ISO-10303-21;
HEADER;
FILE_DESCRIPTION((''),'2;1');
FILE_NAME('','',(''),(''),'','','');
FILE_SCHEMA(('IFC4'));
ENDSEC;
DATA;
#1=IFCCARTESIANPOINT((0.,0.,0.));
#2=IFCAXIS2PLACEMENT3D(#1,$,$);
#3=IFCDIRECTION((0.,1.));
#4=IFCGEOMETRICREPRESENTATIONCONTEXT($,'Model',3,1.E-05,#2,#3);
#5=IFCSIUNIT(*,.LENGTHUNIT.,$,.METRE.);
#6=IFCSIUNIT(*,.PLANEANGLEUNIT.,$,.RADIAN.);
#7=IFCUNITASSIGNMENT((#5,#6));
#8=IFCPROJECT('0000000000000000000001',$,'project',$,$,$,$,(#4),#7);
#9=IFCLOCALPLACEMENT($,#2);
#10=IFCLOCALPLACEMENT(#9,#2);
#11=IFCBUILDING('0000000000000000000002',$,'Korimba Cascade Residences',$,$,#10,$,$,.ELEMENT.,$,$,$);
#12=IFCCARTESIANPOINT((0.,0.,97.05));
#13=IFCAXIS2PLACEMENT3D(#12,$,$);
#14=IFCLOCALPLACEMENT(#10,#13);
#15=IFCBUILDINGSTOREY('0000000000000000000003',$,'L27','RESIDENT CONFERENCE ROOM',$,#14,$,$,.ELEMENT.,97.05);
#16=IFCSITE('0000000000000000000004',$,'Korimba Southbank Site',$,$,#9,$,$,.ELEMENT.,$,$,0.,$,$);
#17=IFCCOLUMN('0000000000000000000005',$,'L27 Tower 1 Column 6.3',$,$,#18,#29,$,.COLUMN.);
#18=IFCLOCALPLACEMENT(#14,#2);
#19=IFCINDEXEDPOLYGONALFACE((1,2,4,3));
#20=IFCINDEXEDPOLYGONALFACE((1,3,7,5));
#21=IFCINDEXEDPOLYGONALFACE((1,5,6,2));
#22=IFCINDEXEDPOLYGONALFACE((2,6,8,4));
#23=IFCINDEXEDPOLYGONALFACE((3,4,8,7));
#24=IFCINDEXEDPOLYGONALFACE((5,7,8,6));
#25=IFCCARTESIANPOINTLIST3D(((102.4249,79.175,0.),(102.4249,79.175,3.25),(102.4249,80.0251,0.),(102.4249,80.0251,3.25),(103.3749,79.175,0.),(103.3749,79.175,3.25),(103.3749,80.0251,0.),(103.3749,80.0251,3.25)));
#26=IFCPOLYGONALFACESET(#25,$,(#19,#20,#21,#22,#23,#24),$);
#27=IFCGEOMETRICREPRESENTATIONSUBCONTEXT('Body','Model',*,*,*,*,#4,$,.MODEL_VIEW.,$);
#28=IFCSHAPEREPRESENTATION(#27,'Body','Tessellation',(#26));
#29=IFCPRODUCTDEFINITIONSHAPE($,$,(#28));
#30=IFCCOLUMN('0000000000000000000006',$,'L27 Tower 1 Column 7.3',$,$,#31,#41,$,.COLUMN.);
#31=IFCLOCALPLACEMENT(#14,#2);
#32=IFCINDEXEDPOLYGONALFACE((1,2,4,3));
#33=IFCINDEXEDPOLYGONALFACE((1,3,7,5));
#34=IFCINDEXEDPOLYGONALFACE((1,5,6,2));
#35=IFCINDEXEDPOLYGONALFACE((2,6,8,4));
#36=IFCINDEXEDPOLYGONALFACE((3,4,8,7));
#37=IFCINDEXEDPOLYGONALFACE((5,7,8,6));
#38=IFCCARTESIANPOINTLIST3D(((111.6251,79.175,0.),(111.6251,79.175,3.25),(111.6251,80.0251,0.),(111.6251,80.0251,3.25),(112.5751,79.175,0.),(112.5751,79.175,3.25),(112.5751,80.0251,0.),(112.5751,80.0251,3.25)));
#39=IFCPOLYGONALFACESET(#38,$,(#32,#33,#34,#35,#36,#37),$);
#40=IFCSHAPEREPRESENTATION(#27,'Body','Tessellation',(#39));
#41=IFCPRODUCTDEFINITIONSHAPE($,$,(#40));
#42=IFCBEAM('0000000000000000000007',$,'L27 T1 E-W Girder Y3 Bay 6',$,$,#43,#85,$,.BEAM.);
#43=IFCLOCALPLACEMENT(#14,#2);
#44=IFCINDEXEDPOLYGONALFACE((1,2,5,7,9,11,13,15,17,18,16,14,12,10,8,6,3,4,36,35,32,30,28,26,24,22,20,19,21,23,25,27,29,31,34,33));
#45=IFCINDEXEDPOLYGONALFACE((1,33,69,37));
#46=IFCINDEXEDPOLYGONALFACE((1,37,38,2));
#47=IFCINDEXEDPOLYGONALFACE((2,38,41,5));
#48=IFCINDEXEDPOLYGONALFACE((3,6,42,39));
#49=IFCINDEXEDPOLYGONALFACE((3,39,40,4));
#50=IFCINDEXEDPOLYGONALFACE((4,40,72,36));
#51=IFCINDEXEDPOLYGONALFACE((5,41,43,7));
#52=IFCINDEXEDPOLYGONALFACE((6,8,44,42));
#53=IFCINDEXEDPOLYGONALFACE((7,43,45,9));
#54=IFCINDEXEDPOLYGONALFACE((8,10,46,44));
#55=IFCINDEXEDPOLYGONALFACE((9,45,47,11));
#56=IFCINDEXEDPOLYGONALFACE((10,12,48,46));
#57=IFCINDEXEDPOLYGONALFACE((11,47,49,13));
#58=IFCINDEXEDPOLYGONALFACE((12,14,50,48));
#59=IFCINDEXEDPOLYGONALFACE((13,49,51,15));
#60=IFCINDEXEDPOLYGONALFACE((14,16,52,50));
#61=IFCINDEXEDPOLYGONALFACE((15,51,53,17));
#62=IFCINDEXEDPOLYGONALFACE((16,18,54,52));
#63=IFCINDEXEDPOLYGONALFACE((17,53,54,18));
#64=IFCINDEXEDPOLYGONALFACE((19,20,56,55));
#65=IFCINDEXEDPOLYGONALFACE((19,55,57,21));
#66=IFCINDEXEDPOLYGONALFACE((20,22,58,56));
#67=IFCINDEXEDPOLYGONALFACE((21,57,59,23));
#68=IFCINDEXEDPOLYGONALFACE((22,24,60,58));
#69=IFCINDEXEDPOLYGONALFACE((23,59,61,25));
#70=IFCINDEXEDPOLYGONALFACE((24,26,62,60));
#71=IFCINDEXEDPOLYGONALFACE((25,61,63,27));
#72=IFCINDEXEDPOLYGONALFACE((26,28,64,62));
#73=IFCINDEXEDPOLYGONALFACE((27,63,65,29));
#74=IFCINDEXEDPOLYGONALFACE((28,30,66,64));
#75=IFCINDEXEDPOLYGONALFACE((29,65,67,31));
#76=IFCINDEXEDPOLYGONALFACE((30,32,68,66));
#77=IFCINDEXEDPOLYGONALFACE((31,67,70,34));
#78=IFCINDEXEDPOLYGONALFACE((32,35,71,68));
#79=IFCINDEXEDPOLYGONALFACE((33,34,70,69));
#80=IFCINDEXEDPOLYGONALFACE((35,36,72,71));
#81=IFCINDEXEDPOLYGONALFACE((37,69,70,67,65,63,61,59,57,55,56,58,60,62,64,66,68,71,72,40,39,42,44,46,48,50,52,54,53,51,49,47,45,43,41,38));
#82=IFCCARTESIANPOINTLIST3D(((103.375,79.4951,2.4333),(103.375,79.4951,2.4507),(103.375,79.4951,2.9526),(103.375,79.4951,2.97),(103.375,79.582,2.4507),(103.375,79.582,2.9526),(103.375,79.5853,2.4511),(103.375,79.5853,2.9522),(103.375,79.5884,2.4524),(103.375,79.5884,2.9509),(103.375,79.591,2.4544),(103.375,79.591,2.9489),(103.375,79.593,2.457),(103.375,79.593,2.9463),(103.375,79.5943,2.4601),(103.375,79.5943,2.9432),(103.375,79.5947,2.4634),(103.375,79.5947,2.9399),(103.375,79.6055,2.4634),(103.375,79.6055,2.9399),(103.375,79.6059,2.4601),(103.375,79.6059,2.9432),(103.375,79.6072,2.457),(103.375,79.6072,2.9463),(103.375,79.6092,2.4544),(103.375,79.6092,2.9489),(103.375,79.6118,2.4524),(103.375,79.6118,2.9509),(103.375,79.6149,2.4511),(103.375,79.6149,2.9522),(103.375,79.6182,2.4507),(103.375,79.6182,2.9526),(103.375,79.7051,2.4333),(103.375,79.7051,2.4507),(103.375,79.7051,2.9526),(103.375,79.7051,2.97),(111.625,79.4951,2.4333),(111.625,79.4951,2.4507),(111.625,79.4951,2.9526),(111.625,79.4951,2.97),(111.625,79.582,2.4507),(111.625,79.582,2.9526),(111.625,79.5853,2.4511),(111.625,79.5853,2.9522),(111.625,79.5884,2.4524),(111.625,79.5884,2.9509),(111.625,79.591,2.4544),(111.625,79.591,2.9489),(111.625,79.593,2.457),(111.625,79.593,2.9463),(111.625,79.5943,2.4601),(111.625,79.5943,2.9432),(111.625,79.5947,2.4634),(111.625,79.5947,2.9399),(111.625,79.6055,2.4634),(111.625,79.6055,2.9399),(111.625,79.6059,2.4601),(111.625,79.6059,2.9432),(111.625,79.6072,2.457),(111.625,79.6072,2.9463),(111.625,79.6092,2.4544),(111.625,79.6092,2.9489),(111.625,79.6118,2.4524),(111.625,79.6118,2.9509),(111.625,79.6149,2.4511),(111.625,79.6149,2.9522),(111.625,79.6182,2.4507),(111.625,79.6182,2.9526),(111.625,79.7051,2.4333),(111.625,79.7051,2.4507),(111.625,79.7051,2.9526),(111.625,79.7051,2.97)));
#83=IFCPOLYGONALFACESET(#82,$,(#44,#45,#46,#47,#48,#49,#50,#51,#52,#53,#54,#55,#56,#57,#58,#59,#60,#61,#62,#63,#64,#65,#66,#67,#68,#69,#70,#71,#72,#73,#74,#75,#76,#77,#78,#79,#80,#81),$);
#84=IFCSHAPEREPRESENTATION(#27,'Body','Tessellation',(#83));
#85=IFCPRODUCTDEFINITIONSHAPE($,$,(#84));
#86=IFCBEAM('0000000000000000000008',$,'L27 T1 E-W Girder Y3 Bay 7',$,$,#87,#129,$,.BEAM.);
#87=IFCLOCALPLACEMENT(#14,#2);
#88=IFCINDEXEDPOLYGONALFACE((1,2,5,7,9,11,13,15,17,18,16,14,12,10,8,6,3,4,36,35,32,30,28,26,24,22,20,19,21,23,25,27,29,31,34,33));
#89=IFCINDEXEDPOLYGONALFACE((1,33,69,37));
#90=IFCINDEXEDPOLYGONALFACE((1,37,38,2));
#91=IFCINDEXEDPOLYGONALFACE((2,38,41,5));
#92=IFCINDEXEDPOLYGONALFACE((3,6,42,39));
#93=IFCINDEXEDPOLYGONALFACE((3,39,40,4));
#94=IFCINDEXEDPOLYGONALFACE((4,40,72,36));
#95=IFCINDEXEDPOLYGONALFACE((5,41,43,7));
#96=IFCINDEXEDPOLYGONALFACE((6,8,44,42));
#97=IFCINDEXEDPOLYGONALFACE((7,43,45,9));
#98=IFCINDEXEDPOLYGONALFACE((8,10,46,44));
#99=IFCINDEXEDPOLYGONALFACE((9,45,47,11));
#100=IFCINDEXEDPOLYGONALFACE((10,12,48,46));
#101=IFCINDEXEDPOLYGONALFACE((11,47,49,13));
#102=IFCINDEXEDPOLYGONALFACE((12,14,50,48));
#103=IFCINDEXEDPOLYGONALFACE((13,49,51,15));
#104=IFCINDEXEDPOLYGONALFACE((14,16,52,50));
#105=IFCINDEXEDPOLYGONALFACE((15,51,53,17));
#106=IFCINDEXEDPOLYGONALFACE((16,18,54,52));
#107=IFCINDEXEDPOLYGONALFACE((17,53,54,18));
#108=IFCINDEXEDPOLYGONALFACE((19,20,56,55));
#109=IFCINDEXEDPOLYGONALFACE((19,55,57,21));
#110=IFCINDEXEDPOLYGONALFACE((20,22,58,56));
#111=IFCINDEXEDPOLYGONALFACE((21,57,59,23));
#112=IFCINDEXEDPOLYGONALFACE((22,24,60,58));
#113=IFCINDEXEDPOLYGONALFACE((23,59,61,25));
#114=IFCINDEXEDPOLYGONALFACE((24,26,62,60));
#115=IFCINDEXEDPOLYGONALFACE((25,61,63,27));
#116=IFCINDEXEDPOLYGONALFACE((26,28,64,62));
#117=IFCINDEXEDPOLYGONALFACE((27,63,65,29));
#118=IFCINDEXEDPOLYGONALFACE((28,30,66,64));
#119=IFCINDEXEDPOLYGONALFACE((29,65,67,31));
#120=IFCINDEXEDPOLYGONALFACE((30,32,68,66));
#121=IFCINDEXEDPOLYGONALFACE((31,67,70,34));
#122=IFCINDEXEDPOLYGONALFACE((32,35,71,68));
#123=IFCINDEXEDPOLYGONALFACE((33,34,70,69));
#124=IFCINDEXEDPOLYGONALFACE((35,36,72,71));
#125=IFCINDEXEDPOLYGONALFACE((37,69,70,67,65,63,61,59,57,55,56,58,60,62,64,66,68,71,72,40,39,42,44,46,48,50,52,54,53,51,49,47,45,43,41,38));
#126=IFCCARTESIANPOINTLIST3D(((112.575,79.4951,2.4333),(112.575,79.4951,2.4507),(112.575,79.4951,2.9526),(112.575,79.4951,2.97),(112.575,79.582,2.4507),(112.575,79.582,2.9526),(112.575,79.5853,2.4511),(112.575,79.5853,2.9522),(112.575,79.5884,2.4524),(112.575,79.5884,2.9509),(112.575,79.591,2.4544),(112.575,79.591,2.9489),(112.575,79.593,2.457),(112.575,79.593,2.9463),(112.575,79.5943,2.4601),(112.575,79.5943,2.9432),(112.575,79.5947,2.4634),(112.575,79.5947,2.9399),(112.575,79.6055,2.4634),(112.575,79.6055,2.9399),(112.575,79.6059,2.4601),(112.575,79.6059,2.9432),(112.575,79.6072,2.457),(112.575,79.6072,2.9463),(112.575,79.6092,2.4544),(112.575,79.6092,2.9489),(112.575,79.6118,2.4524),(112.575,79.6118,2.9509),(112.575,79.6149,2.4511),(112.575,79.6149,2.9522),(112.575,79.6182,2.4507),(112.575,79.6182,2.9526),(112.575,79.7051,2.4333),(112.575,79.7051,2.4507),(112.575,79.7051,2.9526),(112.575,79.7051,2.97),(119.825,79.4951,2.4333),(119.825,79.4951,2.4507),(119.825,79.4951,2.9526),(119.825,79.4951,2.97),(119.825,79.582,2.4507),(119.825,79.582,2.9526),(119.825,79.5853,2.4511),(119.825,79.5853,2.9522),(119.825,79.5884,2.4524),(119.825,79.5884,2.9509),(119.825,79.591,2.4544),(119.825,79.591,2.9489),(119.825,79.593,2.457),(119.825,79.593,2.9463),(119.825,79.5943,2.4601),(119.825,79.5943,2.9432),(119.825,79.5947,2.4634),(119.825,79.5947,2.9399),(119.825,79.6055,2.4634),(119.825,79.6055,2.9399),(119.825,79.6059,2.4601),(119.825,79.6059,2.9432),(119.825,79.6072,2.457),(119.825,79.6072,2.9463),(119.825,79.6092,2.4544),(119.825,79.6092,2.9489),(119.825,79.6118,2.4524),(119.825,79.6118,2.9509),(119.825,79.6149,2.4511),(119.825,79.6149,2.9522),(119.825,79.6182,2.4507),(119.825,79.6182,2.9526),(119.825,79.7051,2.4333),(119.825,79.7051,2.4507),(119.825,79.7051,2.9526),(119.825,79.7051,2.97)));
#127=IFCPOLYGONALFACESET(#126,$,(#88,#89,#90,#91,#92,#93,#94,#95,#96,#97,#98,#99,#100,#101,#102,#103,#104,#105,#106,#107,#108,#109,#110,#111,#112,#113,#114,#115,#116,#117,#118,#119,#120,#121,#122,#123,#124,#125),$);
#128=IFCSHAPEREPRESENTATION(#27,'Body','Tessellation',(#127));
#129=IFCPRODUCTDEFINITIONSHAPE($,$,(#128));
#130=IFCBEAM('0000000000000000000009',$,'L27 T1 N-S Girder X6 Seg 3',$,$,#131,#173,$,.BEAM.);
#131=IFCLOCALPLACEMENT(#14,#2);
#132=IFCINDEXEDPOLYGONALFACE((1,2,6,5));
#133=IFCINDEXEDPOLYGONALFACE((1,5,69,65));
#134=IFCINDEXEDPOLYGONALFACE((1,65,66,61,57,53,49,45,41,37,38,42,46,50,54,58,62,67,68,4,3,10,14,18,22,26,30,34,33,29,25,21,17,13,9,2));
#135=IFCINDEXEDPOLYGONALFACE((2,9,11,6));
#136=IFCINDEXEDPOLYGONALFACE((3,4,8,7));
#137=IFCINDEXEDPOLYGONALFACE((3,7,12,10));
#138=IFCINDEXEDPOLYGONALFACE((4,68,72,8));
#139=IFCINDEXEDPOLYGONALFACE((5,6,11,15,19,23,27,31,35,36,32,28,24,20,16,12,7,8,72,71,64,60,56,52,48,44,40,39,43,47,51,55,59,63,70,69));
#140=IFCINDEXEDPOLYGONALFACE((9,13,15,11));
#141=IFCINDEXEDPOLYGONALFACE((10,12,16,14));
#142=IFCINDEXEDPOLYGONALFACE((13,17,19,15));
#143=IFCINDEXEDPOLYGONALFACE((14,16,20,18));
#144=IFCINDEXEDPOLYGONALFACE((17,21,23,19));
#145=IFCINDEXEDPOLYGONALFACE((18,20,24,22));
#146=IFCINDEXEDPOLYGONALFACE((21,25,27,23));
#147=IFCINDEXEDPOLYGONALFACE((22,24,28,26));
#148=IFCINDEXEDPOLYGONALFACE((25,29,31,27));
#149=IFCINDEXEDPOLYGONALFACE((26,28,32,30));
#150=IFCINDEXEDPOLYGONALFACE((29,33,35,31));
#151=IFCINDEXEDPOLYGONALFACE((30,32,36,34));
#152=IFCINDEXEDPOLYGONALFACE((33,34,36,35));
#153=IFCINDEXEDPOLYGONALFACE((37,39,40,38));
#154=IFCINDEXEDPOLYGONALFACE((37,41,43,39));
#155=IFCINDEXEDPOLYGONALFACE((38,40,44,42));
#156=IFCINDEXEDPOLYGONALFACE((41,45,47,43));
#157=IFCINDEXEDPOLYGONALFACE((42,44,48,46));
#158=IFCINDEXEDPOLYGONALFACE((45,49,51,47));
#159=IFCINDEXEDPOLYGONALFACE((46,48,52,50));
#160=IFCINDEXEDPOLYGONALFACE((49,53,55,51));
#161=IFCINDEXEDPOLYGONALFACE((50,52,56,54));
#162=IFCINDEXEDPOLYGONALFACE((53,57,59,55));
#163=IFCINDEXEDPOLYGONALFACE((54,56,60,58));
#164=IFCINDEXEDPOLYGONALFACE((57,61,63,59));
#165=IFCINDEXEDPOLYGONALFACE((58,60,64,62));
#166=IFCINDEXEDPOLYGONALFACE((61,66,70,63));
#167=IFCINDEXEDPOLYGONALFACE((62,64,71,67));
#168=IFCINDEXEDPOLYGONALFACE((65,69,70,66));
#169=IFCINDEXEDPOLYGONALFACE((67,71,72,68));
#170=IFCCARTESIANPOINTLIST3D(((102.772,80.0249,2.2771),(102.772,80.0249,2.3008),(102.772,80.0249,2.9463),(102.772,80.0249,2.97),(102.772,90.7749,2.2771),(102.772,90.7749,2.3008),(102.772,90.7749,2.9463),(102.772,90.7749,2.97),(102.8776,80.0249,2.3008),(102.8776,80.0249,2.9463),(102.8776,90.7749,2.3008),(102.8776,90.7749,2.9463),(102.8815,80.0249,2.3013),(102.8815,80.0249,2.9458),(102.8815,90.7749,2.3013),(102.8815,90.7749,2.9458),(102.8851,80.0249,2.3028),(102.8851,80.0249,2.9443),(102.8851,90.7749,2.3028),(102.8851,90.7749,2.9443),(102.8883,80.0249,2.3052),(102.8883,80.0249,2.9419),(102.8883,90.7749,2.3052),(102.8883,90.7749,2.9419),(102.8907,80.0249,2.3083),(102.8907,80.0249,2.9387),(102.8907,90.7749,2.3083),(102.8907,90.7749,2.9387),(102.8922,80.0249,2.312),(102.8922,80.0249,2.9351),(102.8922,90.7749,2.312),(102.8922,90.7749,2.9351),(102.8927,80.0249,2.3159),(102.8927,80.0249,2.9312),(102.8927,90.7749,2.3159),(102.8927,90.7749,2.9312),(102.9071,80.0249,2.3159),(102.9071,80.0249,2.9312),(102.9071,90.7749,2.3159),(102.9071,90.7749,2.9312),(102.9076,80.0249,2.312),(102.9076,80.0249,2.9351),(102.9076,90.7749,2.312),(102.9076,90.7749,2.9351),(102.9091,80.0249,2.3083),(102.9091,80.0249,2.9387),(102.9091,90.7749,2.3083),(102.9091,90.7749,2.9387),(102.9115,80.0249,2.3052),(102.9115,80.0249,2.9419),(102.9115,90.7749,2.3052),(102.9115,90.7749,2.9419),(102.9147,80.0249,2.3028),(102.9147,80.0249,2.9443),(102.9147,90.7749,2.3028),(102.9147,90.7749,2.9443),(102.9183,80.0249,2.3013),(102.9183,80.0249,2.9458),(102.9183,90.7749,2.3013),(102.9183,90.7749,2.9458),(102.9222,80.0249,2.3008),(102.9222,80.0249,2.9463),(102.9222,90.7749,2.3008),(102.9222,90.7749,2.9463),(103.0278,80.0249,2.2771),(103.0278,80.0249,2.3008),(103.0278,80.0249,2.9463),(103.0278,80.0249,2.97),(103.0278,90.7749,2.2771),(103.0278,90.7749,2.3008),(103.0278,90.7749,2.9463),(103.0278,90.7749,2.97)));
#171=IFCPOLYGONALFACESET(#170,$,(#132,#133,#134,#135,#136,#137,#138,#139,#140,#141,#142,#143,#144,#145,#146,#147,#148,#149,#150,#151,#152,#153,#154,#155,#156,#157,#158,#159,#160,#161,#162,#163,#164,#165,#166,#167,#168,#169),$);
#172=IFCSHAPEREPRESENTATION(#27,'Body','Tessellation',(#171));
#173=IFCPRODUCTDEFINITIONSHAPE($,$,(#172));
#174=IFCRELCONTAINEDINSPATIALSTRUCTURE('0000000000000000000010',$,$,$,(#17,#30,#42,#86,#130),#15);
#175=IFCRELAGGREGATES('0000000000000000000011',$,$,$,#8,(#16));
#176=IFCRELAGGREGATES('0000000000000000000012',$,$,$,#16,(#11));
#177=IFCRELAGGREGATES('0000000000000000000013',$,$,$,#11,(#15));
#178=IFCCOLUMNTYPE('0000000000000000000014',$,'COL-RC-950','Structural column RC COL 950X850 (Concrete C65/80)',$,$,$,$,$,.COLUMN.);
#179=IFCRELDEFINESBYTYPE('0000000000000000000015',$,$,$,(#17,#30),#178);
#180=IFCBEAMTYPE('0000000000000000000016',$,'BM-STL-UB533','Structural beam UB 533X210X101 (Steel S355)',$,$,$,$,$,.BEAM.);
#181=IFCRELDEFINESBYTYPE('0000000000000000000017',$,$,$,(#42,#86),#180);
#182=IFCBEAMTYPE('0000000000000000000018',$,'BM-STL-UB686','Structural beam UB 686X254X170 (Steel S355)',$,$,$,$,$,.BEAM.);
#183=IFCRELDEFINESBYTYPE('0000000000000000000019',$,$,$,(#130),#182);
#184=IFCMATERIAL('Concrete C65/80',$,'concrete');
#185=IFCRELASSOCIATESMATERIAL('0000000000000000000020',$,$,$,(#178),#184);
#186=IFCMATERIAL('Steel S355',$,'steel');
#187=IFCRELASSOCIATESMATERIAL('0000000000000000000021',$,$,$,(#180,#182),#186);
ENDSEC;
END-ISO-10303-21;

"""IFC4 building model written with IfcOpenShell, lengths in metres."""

from ifc_helpers import new_model, si_unit, direction, frame, origin, origin_2d, place, context, subcontext, project, spatial, rectangle, i_section, extrude, material, material_profile, profile_set, type_object, element, save


model = new_model("IFC4")

# Units and contexts
model_context = context("Model", 3, precision=1e-05, world=origin(), true_north=direction((0.0, 1.0)))
body_context = subcontext(model_context, "Body", "Model", "MODEL_VIEW")
ifc_project = project(units=[si_unit("LENGTHUNIT", "METRE"), si_unit("PLANEANGLEUNIT", "RADIAN")], contexts=[model_context])

# Site, building, storey
site_placement = place(None, origin())
site = spatial("IfcSite", under=ifc_project, at=site_placement, Name="Korimba Southbank Site", CompositionType="ELEMENT", RefElevation=0.0)
building_placement = place(site_placement, origin())
building = spatial("IfcBuilding", under=site, at=building_placement, Name="Korimba Cascade Residences", CompositionType="ELEMENT")
storey_placement = place(building_placement, frame((0.0, 0.0, 97.05)))
storey = spatial("IfcBuildingStorey", under=building, at=storey_placement, Name="L27", Description="RESIDENT CONFERENCE ROOM", CompositionType="ELEMENT", Elevation=97.05)

# Columns
ifc_material_1 = material(Name="Concrete C65/80", Category="concrete")
ifc_material_profile_1 = material_profile(ifc_material_1, rectangle(XDim=0.95, YDim=0.8501, at=origin_2d()), Name="Concrete C65/80")
ifc_profile_set_1 = profile_set([ifc_material_profile_1], Name="Concrete C65/80")
column_type = type_object("IfcColumnType", Name="COL-RC-950", Description="Structural column RC COL 950X850 (Concrete C65/80)", PredefinedType="COLUMN", material=ifc_profile_set_1)
for number, where, z_axis, x_axis, name in (
    (1, (102.8999, 79.6001, 0.0), (0.0, 0.0, 1.0), (1.0, 0.0, 0.0), "L27 Tower 1 Column 6.3"),
    (2, (112.1001, 79.6001, 0.0), (0.0, 0.0, 1.0), (1.0, 0.0, 0.0), "L27 Tower 1 Column 7.3"),
):
    element("IfcColumn", number, at=place(storey_placement, frame(where, z_axis=z_axis, x_axis=x_axis)), inside=storey, type_object=column_type, Name=name, PredefinedType="COLUMN", context=body_context, shape_type="SweptSolid", body=[
        extrude(rectangle(XDim=0.95, YDim=0.8501, at=origin_2d()), origin(), (0.0, 0.0, 1.0), 3.25),
    ])

# Beams
ifc_material_2 = material(Name="Steel S355", Category="steel")
ifc_material_profile_2 = material_profile(ifc_material_2, i_section(OverallWidth=0.21, OverallDepth=0.5366, WebThickness=0.0107, FlangeThickness=0.0173, FilletRadius=0.0127, at=origin_2d()), Name="Steel S355")
ifc_profile_set_2 = profile_set([ifc_material_profile_2], Name="Steel S355")
beam_type_1 = type_object("IfcBeamType", Name="BM-STL-UB533", Description="Structural beam UB 533X210X101 (Steel S355)", PredefinedType="BEAM", material=ifc_profile_set_2)
beam_1_placement = place(storey_placement, frame((103.375, 79.6001, 2.7017), z_axis=(1.0, 0.0, 0.0), x_axis=(0.0, 1.0, 0.0)))
element("IfcBeam", 3, at=beam_1_placement, inside=storey, type_object=beam_type_1, Name="L27 T1 E-W Girder Y3 Bay 6", PredefinedType="BEAM", context=body_context, shape_type="SweptSolid", body=[
    extrude(i_section(OverallWidth=0.21, OverallDepth=0.5366, WebThickness=0.0107, FlangeThickness=0.0173, FilletRadius=0.0127, at=origin_2d()), origin(), (0.0, 0.0, 1.0), 8.25),
])
beam_2_placement = place(storey_placement, frame((112.575, 79.6001, 2.7017), z_axis=(1.0, 0.0, 0.0), x_axis=(0.0, 1.0, 0.0)))
element("IfcBeam", 4, at=beam_2_placement, inside=storey, type_object=beam_type_1, Name="L27 T1 E-W Girder Y3 Bay 7", PredefinedType="BEAM", context=body_context, shape_type="SweptSolid", body=[
    extrude(i_section(OverallWidth=0.21, OverallDepth=0.5366, WebThickness=0.0107, FlangeThickness=0.0173, FilletRadius=0.0127, at=origin_2d()), origin(), (0.0, 0.0, 1.0), 7.25),
])
ifc_material_profile_3 = material_profile(ifc_material_2, i_section(OverallWidth=0.2559, OverallDepth=0.6929, WebThickness=0.0144, FlangeThickness=0.0237, FilletRadius=0.0151, at=origin_2d()), Name="Steel S355")
ifc_profile_set_3 = profile_set([ifc_material_profile_3], Name="Steel S355")
beam_type_2 = type_object("IfcBeamType", Name="BM-STL-UB686", Description="Structural beam UB 686X254X170 (Steel S355)", PredefinedType="BEAM", material=ifc_profile_set_3)
beam_3_placement = place(storey_placement, frame((102.8999, 80.0249, 2.6235), z_axis=(0.0, 1.0, 0.0), x_axis=(-1.0, 0.0, 0.0)))
element("IfcBeam", 5, at=beam_3_placement, inside=storey, type_object=beam_type_2, Name="L27 T1 N-S Girder X6 Seg 3", PredefinedType="BEAM", context=body_context, shape_type="SweptSolid", body=[
    extrude(i_section(OverallWidth=0.2559, OverallDepth=0.6929, WebThickness=0.0144, FlangeThickness=0.0237, FilletRadius=0.0151, at=origin_2d()), origin(), (0.0, 0.0, 1.0), 10.75),
])

save(model, "model.ifc")
